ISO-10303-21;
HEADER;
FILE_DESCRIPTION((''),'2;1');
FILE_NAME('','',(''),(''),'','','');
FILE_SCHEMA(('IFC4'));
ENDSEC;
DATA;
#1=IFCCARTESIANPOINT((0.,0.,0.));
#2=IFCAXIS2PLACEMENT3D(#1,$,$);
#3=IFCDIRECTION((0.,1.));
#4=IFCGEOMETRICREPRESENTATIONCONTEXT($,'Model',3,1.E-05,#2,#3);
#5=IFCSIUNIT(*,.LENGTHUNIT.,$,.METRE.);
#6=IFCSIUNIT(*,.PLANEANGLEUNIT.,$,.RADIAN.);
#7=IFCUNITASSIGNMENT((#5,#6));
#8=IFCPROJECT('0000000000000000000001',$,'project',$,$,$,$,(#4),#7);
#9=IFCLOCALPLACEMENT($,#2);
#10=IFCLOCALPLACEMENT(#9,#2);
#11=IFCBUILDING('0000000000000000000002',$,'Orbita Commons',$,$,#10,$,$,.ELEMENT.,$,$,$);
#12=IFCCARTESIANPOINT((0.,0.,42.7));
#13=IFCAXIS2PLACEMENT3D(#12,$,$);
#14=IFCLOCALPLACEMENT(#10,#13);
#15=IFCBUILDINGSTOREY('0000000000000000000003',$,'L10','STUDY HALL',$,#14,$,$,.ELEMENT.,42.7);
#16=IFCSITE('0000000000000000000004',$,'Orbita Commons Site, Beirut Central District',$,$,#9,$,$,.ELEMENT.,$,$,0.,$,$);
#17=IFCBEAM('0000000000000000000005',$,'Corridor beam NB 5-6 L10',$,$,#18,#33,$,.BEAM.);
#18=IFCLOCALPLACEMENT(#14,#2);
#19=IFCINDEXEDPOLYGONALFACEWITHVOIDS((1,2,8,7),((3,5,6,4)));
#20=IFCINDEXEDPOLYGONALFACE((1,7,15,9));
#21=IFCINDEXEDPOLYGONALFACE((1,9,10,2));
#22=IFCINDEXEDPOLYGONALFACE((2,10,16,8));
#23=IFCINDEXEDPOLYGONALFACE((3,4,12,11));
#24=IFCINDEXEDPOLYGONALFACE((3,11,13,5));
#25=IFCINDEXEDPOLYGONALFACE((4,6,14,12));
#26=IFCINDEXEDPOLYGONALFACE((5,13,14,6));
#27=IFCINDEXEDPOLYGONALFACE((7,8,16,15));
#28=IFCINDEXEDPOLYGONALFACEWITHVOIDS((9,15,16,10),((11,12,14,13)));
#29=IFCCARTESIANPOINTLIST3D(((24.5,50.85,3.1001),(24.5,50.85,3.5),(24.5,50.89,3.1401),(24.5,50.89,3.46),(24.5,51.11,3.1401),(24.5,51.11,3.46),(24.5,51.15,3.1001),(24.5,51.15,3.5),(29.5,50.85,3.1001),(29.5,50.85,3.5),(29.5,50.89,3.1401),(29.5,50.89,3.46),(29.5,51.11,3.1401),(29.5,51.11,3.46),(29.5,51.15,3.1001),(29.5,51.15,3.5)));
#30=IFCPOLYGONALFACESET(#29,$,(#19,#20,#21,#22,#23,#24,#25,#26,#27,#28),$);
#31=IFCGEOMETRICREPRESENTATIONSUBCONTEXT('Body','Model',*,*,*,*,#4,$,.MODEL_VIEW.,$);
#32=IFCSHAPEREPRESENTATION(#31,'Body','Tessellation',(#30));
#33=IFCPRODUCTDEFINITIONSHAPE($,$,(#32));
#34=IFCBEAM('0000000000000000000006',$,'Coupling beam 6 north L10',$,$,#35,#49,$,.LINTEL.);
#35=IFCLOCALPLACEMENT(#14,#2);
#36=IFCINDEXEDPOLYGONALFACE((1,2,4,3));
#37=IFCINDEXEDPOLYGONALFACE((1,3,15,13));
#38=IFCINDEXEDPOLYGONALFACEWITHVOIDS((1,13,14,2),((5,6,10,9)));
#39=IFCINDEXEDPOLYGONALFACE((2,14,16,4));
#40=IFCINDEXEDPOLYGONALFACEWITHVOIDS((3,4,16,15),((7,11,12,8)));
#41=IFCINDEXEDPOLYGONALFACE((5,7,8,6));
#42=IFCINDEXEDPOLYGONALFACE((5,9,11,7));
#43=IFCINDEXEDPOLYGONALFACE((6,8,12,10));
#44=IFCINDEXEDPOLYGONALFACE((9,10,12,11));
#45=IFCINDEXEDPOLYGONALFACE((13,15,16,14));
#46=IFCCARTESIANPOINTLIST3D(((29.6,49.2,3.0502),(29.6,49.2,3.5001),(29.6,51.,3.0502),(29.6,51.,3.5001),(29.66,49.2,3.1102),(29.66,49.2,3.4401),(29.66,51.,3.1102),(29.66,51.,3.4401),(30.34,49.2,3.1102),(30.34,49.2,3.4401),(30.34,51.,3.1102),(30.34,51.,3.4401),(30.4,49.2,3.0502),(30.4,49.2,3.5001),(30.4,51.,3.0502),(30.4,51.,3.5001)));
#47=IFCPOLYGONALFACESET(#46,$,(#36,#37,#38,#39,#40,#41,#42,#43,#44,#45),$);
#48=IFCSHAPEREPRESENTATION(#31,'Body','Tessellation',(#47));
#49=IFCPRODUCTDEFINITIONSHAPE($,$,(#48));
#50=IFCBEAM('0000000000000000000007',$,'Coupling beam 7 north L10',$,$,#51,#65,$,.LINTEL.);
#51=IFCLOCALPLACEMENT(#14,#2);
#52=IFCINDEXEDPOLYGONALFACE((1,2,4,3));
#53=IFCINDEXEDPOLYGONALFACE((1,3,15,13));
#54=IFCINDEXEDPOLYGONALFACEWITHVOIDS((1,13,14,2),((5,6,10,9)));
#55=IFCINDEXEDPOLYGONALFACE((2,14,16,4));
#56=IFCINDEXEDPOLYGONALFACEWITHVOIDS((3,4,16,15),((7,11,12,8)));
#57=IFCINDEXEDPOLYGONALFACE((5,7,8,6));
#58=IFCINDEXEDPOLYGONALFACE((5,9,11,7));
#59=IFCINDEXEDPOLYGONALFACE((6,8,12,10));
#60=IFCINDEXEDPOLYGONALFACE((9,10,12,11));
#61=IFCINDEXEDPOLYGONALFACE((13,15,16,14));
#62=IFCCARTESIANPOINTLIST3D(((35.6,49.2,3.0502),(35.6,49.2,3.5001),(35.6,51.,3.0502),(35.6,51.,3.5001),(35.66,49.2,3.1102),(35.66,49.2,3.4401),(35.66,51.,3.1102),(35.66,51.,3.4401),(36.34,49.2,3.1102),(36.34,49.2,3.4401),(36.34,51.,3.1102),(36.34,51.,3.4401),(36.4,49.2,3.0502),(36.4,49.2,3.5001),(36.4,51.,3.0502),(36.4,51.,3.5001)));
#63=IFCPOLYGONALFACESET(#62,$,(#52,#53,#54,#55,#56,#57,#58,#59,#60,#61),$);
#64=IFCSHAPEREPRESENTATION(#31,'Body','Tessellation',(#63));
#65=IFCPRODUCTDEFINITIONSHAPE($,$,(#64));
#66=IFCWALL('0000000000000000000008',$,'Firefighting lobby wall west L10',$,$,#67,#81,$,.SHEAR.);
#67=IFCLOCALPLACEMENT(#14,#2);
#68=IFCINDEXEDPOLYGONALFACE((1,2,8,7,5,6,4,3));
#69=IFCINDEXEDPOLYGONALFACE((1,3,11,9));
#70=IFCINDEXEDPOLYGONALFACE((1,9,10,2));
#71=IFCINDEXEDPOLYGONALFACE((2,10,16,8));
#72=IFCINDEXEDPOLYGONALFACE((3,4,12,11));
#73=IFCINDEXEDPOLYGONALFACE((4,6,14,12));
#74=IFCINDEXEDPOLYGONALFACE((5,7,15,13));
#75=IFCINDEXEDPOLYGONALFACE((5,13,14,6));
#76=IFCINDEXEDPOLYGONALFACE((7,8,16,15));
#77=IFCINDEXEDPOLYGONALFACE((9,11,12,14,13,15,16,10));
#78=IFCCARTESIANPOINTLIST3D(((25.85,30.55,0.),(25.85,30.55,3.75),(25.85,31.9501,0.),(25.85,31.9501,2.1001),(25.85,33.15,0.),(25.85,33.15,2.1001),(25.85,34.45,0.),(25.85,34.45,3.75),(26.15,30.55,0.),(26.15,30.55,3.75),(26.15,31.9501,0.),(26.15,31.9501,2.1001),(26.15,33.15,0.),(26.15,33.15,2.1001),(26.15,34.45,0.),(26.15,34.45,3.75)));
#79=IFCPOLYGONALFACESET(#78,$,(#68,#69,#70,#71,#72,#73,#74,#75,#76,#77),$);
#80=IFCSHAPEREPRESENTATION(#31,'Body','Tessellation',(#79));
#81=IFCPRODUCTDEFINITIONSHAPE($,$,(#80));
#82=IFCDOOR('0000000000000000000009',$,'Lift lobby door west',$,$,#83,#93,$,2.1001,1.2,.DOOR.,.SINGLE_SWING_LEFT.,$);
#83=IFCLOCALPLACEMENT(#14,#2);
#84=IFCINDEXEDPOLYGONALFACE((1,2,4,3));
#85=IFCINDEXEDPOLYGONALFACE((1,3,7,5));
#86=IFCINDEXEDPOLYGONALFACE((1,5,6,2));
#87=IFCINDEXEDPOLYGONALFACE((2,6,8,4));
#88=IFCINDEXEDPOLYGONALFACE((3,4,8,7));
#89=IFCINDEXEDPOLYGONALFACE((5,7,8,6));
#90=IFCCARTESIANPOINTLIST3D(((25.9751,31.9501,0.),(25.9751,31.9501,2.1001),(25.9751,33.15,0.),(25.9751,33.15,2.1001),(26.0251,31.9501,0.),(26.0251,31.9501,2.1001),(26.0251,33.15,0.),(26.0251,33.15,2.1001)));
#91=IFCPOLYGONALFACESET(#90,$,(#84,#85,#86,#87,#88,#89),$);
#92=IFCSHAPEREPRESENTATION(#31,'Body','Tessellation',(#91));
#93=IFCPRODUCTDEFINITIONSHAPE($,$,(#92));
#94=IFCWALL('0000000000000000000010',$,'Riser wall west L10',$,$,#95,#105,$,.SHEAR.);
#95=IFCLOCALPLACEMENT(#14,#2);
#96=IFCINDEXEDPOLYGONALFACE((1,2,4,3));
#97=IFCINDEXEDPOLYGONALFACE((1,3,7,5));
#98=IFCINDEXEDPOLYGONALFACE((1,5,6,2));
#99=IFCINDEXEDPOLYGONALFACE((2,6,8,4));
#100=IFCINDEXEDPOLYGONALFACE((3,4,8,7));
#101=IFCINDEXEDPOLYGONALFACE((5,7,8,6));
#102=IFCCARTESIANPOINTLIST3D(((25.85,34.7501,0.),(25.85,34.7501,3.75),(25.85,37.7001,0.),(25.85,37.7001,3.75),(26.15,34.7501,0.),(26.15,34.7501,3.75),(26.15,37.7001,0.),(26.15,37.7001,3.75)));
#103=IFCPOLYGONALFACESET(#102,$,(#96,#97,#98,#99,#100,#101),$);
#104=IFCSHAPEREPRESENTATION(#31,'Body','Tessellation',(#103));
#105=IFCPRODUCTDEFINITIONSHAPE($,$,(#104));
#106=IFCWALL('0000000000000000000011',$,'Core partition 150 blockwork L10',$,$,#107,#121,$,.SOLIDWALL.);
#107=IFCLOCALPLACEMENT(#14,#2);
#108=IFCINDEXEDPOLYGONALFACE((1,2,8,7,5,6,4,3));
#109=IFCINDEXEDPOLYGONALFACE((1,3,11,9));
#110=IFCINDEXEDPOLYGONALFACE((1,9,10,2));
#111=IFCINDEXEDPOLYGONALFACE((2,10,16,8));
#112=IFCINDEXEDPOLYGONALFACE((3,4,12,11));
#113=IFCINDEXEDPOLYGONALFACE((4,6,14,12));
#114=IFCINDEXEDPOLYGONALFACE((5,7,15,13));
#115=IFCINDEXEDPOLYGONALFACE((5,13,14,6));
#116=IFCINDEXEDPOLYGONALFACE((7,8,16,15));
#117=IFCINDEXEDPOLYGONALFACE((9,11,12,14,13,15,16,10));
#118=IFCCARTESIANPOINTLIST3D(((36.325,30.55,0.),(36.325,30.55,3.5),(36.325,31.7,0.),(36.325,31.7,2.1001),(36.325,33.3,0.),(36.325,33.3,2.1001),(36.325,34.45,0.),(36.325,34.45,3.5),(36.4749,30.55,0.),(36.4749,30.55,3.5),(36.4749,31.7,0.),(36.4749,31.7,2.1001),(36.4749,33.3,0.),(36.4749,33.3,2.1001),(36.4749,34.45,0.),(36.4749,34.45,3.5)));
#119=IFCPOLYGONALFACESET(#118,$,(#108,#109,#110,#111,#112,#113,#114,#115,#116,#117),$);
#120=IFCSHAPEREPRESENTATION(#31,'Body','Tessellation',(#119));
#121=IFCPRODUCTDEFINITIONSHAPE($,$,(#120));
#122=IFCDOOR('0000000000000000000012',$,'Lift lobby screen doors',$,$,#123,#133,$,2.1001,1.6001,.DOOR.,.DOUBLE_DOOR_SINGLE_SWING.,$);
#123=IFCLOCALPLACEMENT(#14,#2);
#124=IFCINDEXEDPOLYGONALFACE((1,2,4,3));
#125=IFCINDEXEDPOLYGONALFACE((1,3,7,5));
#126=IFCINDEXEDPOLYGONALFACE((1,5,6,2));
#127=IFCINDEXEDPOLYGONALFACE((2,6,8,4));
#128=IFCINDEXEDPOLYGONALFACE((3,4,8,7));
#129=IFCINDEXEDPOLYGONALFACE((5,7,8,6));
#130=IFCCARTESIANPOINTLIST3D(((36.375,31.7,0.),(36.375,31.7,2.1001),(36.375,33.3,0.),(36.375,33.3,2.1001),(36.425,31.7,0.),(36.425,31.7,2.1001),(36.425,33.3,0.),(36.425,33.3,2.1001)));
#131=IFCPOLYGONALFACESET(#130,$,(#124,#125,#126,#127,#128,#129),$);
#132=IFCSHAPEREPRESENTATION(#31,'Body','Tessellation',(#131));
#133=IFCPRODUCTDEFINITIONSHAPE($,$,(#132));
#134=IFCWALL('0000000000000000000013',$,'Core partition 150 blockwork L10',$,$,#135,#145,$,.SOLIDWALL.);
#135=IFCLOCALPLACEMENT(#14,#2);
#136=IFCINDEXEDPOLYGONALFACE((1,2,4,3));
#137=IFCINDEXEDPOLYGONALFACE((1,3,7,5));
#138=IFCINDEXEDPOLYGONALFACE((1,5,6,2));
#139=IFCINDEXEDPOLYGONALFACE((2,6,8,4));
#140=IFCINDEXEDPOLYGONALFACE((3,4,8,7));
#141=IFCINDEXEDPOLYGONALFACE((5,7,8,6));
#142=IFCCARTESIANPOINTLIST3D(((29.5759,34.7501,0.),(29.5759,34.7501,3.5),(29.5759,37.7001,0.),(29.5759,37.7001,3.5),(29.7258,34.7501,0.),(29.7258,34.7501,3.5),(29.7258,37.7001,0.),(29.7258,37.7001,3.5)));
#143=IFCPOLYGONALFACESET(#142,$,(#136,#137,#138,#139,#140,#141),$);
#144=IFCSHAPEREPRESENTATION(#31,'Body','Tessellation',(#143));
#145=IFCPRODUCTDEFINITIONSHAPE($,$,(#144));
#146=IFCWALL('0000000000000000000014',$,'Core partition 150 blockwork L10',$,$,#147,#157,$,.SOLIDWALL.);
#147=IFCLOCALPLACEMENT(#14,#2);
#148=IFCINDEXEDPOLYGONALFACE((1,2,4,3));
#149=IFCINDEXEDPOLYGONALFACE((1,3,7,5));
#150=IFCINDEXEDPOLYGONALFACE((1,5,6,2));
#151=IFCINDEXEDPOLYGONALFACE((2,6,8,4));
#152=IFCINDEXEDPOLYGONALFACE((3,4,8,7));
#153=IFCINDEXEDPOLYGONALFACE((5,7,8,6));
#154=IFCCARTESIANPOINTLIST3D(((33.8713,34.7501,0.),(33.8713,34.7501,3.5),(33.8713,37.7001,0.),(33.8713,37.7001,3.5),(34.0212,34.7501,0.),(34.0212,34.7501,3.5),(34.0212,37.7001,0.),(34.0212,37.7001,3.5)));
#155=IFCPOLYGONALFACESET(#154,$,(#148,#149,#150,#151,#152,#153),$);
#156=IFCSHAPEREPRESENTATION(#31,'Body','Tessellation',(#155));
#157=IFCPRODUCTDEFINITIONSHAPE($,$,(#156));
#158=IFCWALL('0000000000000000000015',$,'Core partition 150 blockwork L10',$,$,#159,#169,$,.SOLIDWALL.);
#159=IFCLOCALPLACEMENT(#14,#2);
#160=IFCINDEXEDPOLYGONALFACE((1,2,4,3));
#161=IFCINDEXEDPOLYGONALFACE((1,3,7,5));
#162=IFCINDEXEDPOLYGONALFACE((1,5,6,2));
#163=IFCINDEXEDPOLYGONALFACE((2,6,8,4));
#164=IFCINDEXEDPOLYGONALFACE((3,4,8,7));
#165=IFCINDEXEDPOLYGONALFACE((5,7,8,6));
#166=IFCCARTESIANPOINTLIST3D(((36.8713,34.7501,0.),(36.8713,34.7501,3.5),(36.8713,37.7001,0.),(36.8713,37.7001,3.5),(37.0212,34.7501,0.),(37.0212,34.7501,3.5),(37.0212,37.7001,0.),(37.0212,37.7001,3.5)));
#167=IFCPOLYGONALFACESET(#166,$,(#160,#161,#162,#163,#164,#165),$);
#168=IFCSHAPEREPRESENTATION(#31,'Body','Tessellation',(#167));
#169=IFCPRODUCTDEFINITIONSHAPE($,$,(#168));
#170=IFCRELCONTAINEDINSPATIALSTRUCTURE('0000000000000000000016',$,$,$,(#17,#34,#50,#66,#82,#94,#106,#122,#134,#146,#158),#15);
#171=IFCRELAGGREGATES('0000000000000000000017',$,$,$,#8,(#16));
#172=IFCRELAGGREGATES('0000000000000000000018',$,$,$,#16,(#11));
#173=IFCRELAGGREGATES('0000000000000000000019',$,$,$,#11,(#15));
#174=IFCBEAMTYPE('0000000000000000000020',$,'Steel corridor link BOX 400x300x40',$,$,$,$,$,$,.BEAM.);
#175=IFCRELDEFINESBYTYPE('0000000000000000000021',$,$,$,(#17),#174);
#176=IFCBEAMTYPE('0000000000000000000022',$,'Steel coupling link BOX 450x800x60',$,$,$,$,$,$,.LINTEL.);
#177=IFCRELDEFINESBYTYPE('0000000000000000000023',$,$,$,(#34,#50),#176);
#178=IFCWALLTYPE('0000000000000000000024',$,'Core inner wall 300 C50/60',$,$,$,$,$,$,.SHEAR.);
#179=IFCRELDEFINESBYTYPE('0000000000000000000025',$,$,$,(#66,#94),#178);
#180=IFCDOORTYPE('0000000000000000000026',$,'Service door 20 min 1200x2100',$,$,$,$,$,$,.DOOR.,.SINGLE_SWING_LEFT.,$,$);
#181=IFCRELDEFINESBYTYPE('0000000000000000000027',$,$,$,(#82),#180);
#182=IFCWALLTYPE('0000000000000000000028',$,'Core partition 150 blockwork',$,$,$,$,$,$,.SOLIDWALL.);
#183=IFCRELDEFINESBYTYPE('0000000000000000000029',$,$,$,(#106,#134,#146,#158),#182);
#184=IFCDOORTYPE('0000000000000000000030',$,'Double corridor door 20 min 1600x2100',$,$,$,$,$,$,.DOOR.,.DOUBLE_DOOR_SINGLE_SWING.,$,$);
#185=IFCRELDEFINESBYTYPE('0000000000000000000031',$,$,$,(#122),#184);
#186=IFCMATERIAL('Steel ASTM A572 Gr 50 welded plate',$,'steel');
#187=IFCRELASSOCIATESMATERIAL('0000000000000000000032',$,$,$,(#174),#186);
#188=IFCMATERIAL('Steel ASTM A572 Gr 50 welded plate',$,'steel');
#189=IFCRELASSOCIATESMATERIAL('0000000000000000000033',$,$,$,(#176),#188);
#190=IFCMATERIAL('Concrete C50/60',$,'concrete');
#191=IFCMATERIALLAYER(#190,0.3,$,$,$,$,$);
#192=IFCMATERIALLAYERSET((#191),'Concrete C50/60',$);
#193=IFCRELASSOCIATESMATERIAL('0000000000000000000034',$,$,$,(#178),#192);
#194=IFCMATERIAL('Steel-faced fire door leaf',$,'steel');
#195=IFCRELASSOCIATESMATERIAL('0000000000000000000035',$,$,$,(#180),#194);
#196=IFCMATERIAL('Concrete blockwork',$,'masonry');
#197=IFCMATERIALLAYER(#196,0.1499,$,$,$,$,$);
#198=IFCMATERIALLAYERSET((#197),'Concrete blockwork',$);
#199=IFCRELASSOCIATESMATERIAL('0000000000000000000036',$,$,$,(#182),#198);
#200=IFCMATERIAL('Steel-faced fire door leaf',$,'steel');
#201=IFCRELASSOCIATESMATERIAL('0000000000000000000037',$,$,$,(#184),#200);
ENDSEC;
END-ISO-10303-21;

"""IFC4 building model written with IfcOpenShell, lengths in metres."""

from ifc_helpers import new_model, si_unit, direction, frame, frame_2d, origin, origin_2d, place, context, subcontext, project, spatial, rectangle, hollow_rectangle, extrude, material, layer, layer_set, material_profile, profile_set, type_object, element, fill, save


model = new_model("IFC4")

# Units and contexts
model_context = context("Model", 3, precision=1e-05, world=origin(), true_north=direction((0.0, 1.0)))
body_context = subcontext(model_context, "Body", "Model", "MODEL_VIEW")
ifc_project = project(units=[si_unit("LENGTHUNIT", "METRE"), si_unit("PLANEANGLEUNIT", "RADIAN")], contexts=[model_context])

# Site, building, storey
site_placement = place(None, origin())
site = spatial("IfcSite", under=ifc_project, at=site_placement, Name="Orbita Commons Site, Beirut Central District", CompositionType="ELEMENT", RefElevation=0.0)
building_placement = place(site_placement, origin())
building = spatial("IfcBuilding", under=site, at=building_placement, Name="Orbita Commons", CompositionType="ELEMENT")
storey_placement = place(building_placement, frame((0.0, 0.0, 42.7)))
storey = spatial("IfcBuildingStorey", under=building, at=storey_placement, Name="L10", Description="STUDY HALL", CompositionType="ELEMENT", Elevation=42.7)

# Beams
ifc_material_1 = material(Name="Steel ASTM A572 Gr 50 welded plate", Category="steel")
ifc_material_profile_1 = material_profile(ifc_material_1, hollow_rectangle(XDim=0.3, YDim=0.3999, WallThickness=0.04, at=origin_2d()), Name="BOX 400x300x40")
ifc_profile_set_1 = profile_set([ifc_material_profile_1], Name="Steel ASTM A572 Gr 50 welded plate")
beam_type_1 = type_object("IfcBeamType", Name="Steel corridor link BOX 400x300x40", PredefinedType="BEAM", material=ifc_profile_set_1)
beam_placement = place(storey_placement, frame((24.5, 51.0, 3.3), z_axis=(1.0, 0.0, 0.0), x_axis=(0.0, 1.0, 0.0)))
element("IfcBeam", 1, at=beam_placement, inside=storey, type_object=beam_type_1, Name="Corridor beam NB 5-6 L10", PredefinedType="BEAM", context=body_context, shape_type="SweptSolid", body=[
    extrude(hollow_rectangle(XDim=0.3, YDim=0.3999, WallThickness=0.04, at=origin_2d()), origin(), (0.0, 0.0, 1.0), 5.0),
])
ifc_material_2 = material(Name="Steel ASTM A572 Gr 50 welded plate", Category="steel")
ifc_material_profile_2 = material_profile(ifc_material_2, hollow_rectangle(XDim=0.8, YDim=0.45, WallThickness=0.0601, at=origin_2d()), Name="BOX 450x800x60")
ifc_profile_set_2 = profile_set([ifc_material_profile_2], Name="Steel ASTM A572 Gr 50 welded plate")
beam_type_2 = type_object("IfcBeamType", Name="Steel coupling link BOX 450x800x60", PredefinedType="LINTEL", material=ifc_profile_set_2)
for number, where, z_axis, x_axis, name in (
    (2, (30.0, 49.2, 3.2751), (0.0, 1.0, 0.0), (-1.0, 0.0, 0.0), "Coupling beam 6 north L10"),
    (3, (36.0, 49.2, 3.2751), (0.0, 1.0, 0.0), (-1.0, 0.0, 0.0), "Coupling beam 7 north L10"),
):
    element("IfcBeam", number, at=place(storey_placement, frame(where, z_axis=z_axis, x_axis=x_axis)), inside=storey, type_object=beam_type_2, Name=name, PredefinedType="LINTEL", context=body_context, shape_type="SweptSolid", body=[
        extrude(hollow_rectangle(XDim=0.8, YDim=0.45, WallThickness=0.0601, at=origin_2d()), origin(), (0.0, 0.0, 1.0), 1.8),
    ])

# Wall, opening, door
ifc_material_3 = material(Name="Concrete C50/60", Category="concrete")
ifc_layer_1 = layer(ifc_material_3, 0.3)
ifc_layer_set_1 = layer_set([ifc_layer_1], Name="Concrete C50/60")
wall_type_1 = type_object("IfcWallType", Name="Core inner wall 300 C50/60", PredefinedType="SHEAR", material=ifc_layer_set_1)
wall_1_placement = place(storey_placement, frame((26.0, 30.55, 0.0), z_axis=(0.0, 0.0, 1.0), x_axis=(0.0, 1.0, 0.0)))
wall_1 = element("IfcWall", 4, at=wall_1_placement, inside=storey, type_object=wall_type_1, Name="Firefighting lobby wall west L10", PredefinedType="SHEAR", context=body_context, shape_type="SweptSolid", body=[
    extrude(rectangle(XDim=3.8999, YDim=0.3, at=frame_2d((1.95, 0.0))), origin(), (0.0, 0.0, 1.0), 3.75),
])
opening_1_placement = place(wall_1_placement, frame((1.3999, 0.0, 0.0)))
opening_1 = element("IfcOpeningElement", 5, at=opening_1_placement, cuts=wall_1, PredefinedType="OPENING", context=body_context, shape_type="SweptSolid", body=[
    extrude(rectangle(XDim=1.2, YDim=2.1001, at=frame_2d((0.6001, 1.05))), frame((0.0, 0.1599, 0.0), z_axis=(0.0, -1.0, 0.0), x_axis=(1.0, 0.0, 0.0)), (0.0, 0.0, 1.0), 0.3201),
])
ifc_material_4 = material(Name="Steel-faced fire door leaf", Category="steel")
door_type_1 = type_object("IfcDoorType", Name="Service door 20 min 1200x2100", OperationType="SINGLE_SWING_LEFT", PredefinedType="DOOR", material=ifc_material_4)
door_1_placement = place(opening_1_placement, origin())
door_1 = element("IfcDoor", 6, at=door_1_placement, inside=storey, type_object=door_type_1, Name="Lift lobby door west", OperationType="SINGLE_SWING_LEFT", OverallHeight=2.1001, OverallWidth=1.2, PredefinedType="DOOR", context=body_context, shape_type="SweptSolid", body=[
    extrude(rectangle(XDim=1.2, YDim=2.1001, at=frame_2d((0.6001, 1.05))), frame((0.0, 0.0249, 0.0), z_axis=(0.0, -1.0, 0.0), x_axis=(1.0, 0.0, 0.0)), (0.0, 0.0, 1.0), 0.05),
])
fill(opening_1, door_1)

# Wall
wall_2_placement = place(storey_placement, frame((26.0, 34.75, 0.0), z_axis=(0.0, 0.0, 1.0), x_axis=(0.0, 1.0, 0.0)))
element("IfcWall", 7, at=wall_2_placement, inside=storey, type_object=wall_type_1, Name="Riser wall west L10", PredefinedType="SHEAR", context=body_context, shape_type="SweptSolid", body=[
    extrude(rectangle(XDim=2.95, YDim=0.3, at=frame_2d((1.4751, 0.0))), origin(), (0.0, 0.0, 1.0), 3.75),
])

# Wall, opening, door
ifc_material_5 = material(Name="Concrete blockwork", Category="masonry")
ifc_layer_2 = layer(ifc_material_5, 0.1499)
ifc_layer_set_2 = layer_set([ifc_layer_2], Name="Concrete blockwork")
wall_type_2 = type_object("IfcWallType", Name="Core partition 150 blockwork", PredefinedType="SOLIDWALL", material=ifc_layer_set_2)
wall_3_placement = place(storey_placement, frame((36.3999, 30.55, 0.0), z_axis=(0.0, 0.0, 1.0), x_axis=(0.0, 1.0, 0.0)))
wall_3 = element("IfcWall", 8, at=wall_3_placement, inside=storey, type_object=wall_type_2, Name="Core partition 150 blockwork L10", PredefinedType="SOLIDWALL", context=body_context, shape_type="SweptSolid", body=[
    extrude(rectangle(XDim=3.8999, YDim=0.1499, at=frame_2d((1.95, 0.0))), origin(), (0.0, 0.0, 1.0), 3.5),
])
opening_2_placement = place(wall_3_placement, frame((1.1499, 0.0, 0.0)))
opening_2 = element("IfcOpeningElement", 9, at=opening_2_placement, cuts=wall_3, PredefinedType="OPENING", context=body_context, shape_type="SweptSolid", body=[
    extrude(rectangle(XDim=1.6001, YDim=2.1001, at=frame_2d((0.8, 1.05))), frame((0.0, 0.085, 0.0), z_axis=(0.0, -1.0, 0.0), x_axis=(1.0, 0.0, 0.0)), (0.0, 0.0, 1.0), 0.1699),
])
ifc_material_6 = material(Name="Steel-faced fire door leaf", Category="steel")
door_type_2 = type_object("IfcDoorType", Name="Double corridor door 20 min 1600x2100", OperationType="DOUBLE_DOOR_SINGLE_SWING", PredefinedType="DOOR", material=ifc_material_6)
door_2_placement = place(opening_2_placement, origin())
door_2 = element("IfcDoor", 10, at=door_2_placement, inside=storey, type_object=door_type_2, Name="Lift lobby screen doors", OperationType="DOUBLE_DOOR_SINGLE_SWING", OverallHeight=2.1001, OverallWidth=1.6001, PredefinedType="DOOR", context=body_context, shape_type="SweptSolid", body=[
    extrude(rectangle(XDim=1.6001, YDim=2.1001, at=frame_2d((0.8, 1.05))), frame((0.0, 0.0249, 0.0), z_axis=(0.0, -1.0, 0.0), x_axis=(1.0, 0.0, 0.0)), (0.0, 0.0, 1.0), 0.05),
])
fill(opening_2, door_2)

# Walls
for number, where, z_axis, x_axis, name in (
    (11, (29.6509, 34.75, 0.0), (0.0, 0.0, 1.0), (0.0, 1.0, 0.0), "Core partition 150 blockwork L10"),
    (12, (33.9463, 34.75, 0.0), (0.0, 0.0, 1.0), (0.0, 1.0, 0.0), "Core partition 150 blockwork L10"),
    (13, (36.9463, 34.75, 0.0), (0.0, 0.0, 1.0), (0.0, 1.0, 0.0), "Core partition 150 blockwork L10"),
):
    element("IfcWall", number, at=place(storey_placement, frame(where, z_axis=z_axis, x_axis=x_axis)), inside=storey, type_object=wall_type_2, Name=name, PredefinedType="SOLIDWALL", context=body_context, shape_type="SweptSolid", body=[
        extrude(rectangle(XDim=2.95, YDim=0.1499, at=frame_2d((1.4751, 0.0))), origin(), (0.0, 0.0, 1.0), 3.5),
    ])

save(model, "model.ifc")
